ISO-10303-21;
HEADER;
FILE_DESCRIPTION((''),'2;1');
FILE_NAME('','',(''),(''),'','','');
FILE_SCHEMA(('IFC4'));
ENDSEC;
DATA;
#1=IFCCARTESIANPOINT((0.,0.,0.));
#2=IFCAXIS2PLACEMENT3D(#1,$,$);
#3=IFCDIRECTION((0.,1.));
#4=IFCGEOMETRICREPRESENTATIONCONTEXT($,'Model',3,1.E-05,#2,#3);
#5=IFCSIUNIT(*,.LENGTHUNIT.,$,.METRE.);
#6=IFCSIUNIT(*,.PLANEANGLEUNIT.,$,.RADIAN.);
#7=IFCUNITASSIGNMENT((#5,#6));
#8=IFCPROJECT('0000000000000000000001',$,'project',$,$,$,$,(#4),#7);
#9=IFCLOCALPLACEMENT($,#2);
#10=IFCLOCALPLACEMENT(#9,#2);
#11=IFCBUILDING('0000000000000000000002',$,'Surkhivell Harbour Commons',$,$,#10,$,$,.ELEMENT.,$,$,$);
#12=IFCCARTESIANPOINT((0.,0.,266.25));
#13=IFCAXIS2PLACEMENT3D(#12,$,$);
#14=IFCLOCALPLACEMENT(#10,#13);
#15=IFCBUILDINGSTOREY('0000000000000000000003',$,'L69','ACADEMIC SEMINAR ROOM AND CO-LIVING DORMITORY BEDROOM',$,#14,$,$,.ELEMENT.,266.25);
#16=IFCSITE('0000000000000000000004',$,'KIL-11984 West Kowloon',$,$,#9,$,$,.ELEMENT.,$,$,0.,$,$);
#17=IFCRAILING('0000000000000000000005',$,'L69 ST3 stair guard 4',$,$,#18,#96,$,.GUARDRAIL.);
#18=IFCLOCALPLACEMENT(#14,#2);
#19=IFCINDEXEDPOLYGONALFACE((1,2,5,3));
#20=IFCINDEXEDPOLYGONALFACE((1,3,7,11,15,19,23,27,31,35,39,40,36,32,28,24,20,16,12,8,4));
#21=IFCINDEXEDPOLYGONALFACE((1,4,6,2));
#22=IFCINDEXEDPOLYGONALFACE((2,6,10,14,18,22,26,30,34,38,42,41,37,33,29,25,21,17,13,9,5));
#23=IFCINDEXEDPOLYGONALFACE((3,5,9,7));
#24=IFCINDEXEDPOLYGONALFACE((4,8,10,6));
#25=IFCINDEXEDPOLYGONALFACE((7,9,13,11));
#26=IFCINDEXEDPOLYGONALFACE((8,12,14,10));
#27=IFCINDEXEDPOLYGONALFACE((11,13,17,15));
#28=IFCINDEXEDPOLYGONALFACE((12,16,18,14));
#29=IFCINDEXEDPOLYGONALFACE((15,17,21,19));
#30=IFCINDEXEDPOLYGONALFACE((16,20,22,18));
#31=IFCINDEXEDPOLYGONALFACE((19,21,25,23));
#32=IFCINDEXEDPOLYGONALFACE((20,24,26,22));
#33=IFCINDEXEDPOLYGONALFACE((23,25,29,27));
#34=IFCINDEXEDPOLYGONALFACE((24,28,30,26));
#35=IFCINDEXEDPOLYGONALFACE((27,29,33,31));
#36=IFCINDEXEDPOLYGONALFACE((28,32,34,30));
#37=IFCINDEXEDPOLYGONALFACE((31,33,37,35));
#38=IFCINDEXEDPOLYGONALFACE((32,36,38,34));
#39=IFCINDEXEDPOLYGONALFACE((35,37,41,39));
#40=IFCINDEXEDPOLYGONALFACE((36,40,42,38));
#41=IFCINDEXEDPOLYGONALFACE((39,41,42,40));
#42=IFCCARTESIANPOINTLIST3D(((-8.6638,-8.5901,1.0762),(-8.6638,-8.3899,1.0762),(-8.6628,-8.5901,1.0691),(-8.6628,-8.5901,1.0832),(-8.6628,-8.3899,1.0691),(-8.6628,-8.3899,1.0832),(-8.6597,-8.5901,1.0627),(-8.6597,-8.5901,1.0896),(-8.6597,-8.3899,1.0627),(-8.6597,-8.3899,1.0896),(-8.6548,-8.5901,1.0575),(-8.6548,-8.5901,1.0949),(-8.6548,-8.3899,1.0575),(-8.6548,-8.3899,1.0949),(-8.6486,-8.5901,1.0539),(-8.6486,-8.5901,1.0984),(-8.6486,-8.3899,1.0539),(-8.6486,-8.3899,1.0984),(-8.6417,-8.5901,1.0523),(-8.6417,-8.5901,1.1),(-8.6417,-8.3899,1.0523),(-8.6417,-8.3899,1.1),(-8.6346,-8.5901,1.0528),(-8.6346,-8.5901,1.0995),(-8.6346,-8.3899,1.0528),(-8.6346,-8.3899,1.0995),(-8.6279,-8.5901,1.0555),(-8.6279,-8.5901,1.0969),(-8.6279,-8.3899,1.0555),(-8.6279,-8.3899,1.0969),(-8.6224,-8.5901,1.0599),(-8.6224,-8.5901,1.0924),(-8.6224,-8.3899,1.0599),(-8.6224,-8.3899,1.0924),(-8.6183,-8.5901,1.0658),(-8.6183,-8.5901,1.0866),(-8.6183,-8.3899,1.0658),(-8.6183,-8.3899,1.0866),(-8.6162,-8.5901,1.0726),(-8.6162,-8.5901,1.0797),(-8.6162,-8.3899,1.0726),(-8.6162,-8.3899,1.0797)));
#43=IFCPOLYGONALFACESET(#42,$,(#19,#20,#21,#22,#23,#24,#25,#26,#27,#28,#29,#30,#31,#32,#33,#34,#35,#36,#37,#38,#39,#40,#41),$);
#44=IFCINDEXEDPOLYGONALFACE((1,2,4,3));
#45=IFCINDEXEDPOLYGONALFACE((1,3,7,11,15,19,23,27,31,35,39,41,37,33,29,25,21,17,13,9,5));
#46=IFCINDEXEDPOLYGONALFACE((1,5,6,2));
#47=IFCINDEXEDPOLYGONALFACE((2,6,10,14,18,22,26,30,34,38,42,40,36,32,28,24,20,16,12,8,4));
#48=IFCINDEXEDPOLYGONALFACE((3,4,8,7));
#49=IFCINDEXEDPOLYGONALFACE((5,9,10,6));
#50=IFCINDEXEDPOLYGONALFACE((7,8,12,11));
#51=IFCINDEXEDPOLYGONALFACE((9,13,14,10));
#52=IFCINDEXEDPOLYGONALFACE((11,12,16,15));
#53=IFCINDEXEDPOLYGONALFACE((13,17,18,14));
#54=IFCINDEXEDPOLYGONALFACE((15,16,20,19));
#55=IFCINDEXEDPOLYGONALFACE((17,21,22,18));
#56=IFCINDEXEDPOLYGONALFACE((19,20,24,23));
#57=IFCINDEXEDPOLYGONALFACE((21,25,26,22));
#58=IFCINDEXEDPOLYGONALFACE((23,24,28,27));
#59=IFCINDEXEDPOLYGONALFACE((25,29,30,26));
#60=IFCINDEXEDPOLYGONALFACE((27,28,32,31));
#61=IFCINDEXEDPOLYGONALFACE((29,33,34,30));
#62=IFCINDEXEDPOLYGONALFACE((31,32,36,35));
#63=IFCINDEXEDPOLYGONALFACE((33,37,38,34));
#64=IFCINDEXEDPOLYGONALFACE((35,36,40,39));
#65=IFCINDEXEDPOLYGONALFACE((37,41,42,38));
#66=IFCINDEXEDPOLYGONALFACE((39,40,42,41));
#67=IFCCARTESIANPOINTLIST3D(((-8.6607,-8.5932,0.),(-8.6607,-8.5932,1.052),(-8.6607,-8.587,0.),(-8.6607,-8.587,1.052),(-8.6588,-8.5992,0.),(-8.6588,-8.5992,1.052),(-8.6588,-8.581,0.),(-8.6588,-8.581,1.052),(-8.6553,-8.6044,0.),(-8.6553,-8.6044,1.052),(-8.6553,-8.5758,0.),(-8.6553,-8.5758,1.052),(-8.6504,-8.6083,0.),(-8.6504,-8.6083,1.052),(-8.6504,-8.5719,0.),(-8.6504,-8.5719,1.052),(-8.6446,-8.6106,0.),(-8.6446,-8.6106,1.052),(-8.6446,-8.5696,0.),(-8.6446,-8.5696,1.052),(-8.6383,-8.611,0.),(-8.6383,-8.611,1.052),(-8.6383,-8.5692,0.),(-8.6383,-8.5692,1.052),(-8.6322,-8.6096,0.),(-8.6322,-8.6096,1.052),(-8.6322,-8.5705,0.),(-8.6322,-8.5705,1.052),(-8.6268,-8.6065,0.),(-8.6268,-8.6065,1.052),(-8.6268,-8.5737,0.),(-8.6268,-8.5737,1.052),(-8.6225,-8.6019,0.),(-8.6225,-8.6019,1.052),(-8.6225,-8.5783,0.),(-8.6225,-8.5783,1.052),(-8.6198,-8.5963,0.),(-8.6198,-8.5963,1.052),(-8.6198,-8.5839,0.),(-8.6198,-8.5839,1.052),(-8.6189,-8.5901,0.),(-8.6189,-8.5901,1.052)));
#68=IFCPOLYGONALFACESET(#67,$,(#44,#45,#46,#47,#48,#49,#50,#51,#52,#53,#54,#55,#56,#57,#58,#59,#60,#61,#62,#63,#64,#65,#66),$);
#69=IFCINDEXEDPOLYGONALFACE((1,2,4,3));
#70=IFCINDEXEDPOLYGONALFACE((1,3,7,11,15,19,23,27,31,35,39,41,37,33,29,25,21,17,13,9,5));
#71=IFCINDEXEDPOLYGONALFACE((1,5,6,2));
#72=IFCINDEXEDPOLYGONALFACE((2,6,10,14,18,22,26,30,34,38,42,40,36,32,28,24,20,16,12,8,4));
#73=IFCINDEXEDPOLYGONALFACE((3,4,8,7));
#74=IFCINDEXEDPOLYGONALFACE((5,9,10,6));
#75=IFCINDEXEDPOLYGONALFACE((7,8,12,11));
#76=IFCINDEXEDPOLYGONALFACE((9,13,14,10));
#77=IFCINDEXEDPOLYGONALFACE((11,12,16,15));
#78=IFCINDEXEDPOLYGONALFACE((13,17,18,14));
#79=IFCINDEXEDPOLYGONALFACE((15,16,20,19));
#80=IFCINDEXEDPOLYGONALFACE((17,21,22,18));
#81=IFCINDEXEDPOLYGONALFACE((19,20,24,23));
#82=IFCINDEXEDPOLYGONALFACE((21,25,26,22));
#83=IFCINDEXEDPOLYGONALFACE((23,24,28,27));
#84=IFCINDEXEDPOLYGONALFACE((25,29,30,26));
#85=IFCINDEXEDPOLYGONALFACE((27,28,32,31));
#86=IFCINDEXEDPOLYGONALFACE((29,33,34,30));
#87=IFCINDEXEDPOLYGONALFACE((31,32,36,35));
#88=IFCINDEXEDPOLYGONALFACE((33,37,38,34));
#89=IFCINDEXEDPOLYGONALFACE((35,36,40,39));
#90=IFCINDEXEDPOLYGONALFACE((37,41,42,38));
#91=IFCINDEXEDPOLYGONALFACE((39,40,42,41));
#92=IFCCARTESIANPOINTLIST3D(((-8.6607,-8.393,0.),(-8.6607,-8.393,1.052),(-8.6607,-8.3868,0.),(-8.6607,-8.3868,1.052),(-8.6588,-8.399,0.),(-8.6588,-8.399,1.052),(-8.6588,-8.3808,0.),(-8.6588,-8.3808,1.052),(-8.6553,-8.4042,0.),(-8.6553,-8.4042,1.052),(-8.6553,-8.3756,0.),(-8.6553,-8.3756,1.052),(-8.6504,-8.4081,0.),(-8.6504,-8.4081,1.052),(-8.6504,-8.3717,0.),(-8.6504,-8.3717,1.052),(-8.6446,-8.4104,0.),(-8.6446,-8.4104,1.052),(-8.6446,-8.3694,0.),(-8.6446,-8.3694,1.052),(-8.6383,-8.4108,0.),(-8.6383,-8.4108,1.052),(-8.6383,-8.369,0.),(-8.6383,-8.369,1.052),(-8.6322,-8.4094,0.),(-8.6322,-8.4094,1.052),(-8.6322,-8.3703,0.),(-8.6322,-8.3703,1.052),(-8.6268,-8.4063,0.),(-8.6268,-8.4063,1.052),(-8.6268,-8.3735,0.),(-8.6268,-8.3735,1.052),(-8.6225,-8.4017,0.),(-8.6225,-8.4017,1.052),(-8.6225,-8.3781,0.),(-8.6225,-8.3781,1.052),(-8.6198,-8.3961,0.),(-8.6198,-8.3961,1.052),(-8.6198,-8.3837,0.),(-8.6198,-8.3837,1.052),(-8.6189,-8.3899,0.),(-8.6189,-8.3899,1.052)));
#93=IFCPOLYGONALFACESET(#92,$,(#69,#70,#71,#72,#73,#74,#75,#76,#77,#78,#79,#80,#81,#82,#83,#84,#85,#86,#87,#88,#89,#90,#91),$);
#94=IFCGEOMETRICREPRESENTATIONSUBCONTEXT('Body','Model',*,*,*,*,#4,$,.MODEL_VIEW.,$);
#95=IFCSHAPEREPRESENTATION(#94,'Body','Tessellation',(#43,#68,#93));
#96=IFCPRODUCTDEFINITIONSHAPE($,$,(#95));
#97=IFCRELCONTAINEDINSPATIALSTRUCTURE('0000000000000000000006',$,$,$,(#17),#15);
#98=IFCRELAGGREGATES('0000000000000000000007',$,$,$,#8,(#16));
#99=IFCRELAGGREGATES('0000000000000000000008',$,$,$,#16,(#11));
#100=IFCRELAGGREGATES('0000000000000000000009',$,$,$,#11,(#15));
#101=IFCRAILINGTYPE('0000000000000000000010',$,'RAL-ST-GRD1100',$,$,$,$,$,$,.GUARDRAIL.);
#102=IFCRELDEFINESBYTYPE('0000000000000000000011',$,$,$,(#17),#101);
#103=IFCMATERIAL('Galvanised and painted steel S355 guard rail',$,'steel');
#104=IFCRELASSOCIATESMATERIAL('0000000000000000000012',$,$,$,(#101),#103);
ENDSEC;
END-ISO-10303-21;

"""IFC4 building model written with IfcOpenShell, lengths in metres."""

from ifc_helpers import new_model, si_unit, direction, frame, origin, origin_2d, place, context, subcontext, project, spatial, circle, extrude, material, type_object, element, save


model = new_model("IFC4")

# Units and contexts
model_context = context("Model", 3, precision=1e-05, world=origin(), true_north=direction((0.0, 1.0)))
body_context = subcontext(model_context, "Body", "Model", "MODEL_VIEW")
ifc_project = project(units=[si_unit("LENGTHUNIT", "METRE"), si_unit("PLANEANGLEUNIT", "RADIAN")], contexts=[model_context])

# Site, building, storey
site_placement = place(None, origin())
site = spatial("IfcSite", under=ifc_project, at=site_placement, Name="KIL-11984 West Kowloon", CompositionType="ELEMENT", RefElevation=0.0)
building_placement = place(site_placement, origin())
building = spatial("IfcBuilding", under=site, at=building_placement, Name="Surkhivell Harbour Commons", CompositionType="ELEMENT")
storey_placement = place(building_placement, frame((0.0, 0.0, 266.25)))
storey = spatial("IfcBuildingStorey", under=building, at=storey_placement, Name="L69", Description="ACADEMIC SEMINAR ROOM AND CO-LIVING DORMITORY BEDROOM", CompositionType="ELEMENT", Elevation=266.25)

# Railing
ifc_material_1 = material(Name="Galvanised and painted steel S355 guard rail", Category="steel")
railing_type_1 = type_object("IfcRailingType", Name="RAL-ST-GRD1100", PredefinedType="GUARDRAIL", material=ifc_material_1)
railing_1_placement = place(storey_placement, frame((-8.6399, -8.5901, 0.0)))
element("IfcRailing", 1, at=railing_1_placement, inside=storey, type_object=railing_type_1, Name="L69 ST3 stair guard 4", PredefinedType="GUARDRAIL", context=body_context, shape_type="SweptSolid", body=[
    extrude(circle(Radius=0.0239, at=origin_2d()), frame((0.0, 0.0, 1.0762), z_axis=(0.0, 1.0, 0.0), x_axis=(-1.0, 0.0, 0.0)), (0.0, 0.0, 1.0), 0.2002),
    extrude(circle(Radius=0.021, at=origin_2d()), origin(), (0.0, 0.0, 1.0), 1.052),
    extrude(circle(Radius=0.021, at=origin_2d()), frame((0.0, 0.2002, 0.0)), (0.0, 0.0, 1.0), 1.052),
])

save(model, "model.ifc")
